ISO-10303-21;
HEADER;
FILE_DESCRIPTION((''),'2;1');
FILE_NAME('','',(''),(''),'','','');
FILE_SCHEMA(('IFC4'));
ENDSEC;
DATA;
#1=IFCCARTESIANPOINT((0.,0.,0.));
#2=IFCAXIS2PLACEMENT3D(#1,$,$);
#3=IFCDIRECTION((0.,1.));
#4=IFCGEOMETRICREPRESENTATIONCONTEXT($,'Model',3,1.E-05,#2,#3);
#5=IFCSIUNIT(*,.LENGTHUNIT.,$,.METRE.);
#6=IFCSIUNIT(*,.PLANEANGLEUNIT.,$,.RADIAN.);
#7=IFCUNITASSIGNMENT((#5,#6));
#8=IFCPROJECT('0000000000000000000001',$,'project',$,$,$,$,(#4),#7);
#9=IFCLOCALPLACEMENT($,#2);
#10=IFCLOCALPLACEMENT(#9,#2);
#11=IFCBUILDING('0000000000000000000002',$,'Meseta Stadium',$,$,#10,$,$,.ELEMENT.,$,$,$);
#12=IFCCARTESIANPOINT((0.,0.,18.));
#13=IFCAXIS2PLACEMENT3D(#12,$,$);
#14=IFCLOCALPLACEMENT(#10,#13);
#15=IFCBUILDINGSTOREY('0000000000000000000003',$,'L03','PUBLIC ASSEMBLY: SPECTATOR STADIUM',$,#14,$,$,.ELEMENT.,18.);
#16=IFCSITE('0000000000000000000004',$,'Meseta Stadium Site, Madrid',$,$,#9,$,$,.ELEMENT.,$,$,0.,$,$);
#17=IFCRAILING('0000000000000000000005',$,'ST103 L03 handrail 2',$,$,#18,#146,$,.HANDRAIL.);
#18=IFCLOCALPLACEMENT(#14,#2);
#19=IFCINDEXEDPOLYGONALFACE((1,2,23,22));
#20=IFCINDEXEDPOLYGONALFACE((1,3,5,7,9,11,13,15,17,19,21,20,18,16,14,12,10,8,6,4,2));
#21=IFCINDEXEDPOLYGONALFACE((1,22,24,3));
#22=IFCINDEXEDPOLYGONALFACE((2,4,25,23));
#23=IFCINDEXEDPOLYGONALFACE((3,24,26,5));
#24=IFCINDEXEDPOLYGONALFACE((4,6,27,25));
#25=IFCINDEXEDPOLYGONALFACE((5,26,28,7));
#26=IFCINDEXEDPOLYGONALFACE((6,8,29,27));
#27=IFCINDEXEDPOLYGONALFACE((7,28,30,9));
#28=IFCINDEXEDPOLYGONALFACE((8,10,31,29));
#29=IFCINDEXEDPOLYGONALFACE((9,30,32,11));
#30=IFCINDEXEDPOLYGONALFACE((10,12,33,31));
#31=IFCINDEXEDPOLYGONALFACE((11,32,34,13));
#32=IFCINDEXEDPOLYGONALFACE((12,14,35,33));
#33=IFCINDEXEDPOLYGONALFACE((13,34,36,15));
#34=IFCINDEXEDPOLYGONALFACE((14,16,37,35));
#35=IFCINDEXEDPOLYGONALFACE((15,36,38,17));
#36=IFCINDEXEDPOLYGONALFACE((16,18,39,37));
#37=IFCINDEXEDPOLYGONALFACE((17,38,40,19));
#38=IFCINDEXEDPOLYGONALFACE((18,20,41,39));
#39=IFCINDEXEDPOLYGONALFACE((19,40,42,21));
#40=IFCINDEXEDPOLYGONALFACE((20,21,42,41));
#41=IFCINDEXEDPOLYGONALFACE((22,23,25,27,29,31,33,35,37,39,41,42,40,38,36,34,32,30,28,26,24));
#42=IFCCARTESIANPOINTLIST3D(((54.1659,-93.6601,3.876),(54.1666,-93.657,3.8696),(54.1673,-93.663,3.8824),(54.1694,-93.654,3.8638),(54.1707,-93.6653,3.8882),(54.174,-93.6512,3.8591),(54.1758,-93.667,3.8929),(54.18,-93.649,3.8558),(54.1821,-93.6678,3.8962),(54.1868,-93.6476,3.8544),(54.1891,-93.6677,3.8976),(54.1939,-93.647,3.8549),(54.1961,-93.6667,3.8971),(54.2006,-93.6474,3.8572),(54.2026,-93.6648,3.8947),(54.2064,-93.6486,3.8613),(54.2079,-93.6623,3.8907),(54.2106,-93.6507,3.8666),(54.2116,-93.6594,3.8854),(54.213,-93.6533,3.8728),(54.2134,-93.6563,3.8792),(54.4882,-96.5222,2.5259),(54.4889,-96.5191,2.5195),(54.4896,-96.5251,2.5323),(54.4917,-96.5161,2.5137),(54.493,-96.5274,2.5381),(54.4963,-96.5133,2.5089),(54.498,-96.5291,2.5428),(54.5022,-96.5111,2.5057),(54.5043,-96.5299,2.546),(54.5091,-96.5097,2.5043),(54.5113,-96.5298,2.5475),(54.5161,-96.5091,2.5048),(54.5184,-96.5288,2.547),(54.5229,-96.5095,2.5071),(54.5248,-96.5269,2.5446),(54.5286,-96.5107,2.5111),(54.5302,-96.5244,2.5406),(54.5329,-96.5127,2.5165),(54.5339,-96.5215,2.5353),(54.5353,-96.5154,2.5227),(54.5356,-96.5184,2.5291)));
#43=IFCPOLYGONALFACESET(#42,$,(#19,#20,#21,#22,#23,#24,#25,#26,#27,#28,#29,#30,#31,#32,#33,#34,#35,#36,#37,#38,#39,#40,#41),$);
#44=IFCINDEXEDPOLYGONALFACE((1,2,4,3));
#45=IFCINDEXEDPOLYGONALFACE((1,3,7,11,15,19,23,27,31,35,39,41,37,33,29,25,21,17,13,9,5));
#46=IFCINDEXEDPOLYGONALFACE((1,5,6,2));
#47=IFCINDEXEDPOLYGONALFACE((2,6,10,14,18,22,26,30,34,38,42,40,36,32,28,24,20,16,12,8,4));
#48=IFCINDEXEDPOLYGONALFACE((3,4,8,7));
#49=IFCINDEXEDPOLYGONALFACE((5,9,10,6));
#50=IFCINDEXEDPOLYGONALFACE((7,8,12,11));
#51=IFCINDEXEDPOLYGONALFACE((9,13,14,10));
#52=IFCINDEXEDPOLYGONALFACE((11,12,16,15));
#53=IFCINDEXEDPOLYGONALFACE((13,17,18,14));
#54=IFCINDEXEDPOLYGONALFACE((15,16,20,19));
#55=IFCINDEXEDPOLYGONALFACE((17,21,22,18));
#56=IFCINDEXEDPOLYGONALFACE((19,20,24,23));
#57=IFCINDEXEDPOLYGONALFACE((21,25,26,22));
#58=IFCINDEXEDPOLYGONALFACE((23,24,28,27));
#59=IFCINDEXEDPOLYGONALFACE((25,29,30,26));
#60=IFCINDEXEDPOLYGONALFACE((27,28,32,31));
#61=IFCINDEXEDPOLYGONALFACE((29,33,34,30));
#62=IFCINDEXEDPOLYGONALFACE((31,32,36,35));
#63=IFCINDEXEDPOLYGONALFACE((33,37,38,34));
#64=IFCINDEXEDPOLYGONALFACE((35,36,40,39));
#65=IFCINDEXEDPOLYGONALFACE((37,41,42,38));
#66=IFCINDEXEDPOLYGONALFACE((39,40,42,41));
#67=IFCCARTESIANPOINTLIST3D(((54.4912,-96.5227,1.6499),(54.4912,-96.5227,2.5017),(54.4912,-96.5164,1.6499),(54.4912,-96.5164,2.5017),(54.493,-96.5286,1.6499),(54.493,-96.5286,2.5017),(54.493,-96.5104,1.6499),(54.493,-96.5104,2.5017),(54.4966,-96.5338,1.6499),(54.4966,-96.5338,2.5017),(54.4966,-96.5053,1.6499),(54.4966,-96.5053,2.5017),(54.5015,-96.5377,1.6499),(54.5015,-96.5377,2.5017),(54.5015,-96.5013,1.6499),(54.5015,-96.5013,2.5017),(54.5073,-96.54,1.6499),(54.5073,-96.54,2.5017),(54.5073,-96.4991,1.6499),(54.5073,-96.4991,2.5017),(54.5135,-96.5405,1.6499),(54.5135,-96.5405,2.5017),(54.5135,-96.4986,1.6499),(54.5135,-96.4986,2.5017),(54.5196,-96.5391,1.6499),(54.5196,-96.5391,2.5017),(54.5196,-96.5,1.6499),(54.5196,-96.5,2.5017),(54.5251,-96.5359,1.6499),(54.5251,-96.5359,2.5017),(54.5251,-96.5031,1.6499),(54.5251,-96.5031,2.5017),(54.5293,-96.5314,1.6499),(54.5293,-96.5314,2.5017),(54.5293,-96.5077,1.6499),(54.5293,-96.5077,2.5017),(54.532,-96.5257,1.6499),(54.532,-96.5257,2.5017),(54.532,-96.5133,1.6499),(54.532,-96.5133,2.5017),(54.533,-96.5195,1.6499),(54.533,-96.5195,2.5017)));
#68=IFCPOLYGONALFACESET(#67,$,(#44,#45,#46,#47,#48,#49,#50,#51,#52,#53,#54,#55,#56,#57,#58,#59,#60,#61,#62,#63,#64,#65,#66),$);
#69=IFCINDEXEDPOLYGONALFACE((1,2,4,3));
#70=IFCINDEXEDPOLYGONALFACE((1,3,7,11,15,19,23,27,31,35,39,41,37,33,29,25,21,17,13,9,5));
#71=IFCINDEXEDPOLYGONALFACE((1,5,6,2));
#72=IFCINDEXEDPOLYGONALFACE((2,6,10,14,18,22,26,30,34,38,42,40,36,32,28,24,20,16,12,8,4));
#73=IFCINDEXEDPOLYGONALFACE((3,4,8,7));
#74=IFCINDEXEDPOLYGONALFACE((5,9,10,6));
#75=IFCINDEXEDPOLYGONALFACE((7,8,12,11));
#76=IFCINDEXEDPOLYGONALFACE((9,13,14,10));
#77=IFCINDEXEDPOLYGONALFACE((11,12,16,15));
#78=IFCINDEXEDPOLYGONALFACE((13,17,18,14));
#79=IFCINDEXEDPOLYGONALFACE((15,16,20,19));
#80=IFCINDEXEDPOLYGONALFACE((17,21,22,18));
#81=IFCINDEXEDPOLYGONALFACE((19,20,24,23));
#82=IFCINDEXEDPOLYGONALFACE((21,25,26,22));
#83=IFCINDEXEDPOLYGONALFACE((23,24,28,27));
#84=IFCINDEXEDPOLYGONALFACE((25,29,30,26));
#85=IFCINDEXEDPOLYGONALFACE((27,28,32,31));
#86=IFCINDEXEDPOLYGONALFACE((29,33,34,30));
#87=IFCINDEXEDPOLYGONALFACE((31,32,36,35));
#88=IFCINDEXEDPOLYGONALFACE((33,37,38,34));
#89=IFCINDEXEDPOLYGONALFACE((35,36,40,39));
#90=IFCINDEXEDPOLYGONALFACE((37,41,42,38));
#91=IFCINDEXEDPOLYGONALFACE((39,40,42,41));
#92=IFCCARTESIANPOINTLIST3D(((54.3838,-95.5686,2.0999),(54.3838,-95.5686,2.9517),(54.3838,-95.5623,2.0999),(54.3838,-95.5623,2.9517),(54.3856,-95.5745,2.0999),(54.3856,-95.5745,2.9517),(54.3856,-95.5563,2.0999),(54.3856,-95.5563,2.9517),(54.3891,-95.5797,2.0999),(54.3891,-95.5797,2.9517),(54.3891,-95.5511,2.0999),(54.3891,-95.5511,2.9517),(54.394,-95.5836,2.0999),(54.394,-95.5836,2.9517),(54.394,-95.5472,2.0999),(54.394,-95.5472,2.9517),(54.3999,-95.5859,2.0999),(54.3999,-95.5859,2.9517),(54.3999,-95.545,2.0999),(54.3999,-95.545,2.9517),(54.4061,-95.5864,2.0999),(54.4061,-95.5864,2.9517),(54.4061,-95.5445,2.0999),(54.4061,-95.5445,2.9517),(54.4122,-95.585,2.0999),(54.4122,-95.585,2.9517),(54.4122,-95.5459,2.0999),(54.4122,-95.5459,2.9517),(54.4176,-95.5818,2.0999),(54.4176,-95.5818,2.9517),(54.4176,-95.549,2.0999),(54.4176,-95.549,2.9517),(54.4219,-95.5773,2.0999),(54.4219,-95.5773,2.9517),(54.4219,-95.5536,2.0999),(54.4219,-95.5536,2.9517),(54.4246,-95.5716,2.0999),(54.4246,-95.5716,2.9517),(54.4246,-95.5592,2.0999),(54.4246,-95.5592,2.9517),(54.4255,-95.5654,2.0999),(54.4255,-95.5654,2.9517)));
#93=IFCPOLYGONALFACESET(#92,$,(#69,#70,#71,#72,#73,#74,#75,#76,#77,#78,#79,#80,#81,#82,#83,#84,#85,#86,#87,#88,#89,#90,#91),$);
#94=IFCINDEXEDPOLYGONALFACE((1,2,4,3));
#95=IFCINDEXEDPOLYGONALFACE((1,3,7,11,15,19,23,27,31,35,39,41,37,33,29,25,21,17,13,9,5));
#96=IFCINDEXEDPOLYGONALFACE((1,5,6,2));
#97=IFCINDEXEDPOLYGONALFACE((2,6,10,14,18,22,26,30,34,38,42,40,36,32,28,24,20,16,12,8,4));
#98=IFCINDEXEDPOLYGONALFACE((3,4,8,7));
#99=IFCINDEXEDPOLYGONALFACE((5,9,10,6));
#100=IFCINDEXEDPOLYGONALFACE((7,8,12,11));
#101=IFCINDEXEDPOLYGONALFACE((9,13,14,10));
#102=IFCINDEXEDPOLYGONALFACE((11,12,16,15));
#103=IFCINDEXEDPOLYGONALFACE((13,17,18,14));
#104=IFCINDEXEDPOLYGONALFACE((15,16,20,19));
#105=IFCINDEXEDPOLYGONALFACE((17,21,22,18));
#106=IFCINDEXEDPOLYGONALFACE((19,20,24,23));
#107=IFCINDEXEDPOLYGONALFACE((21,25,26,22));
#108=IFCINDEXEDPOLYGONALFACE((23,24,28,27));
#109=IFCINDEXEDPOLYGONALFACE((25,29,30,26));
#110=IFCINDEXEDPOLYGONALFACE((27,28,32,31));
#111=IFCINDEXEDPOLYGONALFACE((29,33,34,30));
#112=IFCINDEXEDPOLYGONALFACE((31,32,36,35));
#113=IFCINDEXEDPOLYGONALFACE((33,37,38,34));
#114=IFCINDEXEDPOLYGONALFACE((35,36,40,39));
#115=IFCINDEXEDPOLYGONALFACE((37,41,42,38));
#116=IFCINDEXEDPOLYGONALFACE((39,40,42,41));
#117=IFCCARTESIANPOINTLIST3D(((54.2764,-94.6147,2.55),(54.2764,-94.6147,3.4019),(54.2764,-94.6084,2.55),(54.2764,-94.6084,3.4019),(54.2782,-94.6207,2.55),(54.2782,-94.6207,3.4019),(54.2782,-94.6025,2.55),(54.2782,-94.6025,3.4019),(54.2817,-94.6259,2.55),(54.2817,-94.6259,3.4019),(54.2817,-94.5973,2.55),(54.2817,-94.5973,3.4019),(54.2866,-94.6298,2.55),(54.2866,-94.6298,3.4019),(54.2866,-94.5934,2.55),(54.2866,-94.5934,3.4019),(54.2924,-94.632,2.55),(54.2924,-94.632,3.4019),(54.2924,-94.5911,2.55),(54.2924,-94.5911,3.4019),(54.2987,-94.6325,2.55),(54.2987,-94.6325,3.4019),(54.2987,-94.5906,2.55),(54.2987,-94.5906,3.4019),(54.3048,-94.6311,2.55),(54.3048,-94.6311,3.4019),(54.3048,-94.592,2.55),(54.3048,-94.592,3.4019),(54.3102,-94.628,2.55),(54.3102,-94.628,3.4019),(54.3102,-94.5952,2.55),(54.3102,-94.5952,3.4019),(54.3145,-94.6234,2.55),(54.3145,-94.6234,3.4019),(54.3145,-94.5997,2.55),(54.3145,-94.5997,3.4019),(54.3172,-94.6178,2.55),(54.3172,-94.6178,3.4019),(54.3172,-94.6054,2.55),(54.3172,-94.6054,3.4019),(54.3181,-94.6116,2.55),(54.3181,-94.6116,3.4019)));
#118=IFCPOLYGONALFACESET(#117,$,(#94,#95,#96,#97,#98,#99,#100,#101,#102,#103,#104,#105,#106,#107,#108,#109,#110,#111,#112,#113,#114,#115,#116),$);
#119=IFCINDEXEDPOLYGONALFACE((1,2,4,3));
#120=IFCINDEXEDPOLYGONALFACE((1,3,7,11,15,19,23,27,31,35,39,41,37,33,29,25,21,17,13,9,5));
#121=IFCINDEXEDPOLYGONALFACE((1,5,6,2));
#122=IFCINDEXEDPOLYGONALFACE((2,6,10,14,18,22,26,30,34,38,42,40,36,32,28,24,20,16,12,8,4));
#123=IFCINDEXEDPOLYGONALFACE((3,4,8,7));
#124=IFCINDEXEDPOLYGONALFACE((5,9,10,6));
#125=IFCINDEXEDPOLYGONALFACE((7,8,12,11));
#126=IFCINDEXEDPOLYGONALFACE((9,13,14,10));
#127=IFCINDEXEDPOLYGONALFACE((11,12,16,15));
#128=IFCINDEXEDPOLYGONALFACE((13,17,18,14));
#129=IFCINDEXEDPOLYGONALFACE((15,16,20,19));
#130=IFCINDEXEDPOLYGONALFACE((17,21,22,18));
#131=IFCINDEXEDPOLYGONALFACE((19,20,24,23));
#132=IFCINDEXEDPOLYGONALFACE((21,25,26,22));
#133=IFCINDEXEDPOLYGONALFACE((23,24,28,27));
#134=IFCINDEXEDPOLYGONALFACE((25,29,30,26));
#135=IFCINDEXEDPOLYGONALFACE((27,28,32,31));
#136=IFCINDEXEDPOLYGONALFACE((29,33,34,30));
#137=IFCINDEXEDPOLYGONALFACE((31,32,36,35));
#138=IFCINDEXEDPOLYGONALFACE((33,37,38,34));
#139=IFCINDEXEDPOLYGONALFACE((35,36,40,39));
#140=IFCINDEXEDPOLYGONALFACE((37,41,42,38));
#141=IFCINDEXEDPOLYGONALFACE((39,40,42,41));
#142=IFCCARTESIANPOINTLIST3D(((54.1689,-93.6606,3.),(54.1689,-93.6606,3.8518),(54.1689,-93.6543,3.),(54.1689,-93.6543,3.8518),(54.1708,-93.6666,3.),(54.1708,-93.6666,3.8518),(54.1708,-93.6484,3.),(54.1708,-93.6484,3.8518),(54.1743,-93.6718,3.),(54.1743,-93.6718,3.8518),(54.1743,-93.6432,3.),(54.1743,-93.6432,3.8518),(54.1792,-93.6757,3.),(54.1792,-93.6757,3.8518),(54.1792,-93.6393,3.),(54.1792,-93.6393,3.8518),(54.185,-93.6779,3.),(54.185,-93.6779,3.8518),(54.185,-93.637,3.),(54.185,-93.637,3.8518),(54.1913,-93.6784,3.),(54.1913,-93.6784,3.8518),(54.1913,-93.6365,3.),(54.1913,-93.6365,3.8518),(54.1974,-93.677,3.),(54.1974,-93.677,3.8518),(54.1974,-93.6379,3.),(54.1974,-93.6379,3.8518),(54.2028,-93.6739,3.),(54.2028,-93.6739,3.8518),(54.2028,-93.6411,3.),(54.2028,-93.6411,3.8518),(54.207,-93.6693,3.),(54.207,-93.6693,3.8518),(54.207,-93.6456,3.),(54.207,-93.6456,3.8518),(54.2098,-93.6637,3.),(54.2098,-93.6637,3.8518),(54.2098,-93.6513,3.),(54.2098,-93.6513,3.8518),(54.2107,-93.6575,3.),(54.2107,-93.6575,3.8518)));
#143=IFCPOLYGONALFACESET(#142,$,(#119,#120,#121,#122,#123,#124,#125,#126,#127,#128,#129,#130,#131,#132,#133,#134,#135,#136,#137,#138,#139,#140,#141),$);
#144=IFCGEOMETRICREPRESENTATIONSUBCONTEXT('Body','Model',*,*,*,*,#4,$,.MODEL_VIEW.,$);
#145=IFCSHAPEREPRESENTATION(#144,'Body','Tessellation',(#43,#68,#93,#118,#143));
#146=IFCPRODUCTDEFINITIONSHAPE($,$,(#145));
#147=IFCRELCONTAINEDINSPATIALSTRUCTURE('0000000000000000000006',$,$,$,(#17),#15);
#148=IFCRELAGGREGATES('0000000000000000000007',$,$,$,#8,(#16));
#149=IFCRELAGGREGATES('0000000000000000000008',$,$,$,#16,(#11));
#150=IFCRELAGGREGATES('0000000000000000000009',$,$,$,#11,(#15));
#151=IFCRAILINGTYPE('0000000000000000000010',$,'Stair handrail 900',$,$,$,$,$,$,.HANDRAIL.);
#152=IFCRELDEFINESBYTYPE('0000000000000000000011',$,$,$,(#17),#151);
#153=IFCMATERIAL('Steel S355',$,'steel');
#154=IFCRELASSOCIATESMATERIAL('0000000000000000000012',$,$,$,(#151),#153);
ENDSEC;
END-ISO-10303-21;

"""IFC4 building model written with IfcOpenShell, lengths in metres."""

from ifc_helpers import new_model, si_unit, direction, frame, origin, origin_2d, place, context, subcontext, project, spatial, circle, extrude, material, type_object, element, save


model = new_model("IFC4")

# Units and contexts
model_context = context("Model", 3, precision=1e-05, world=origin(), true_north=direction((0.0, 1.0)))
body_context = subcontext(model_context, "Body", "Model", "MODEL_VIEW")
ifc_project = project(units=[si_unit("LENGTHUNIT", "METRE"), si_unit("PLANEANGLEUNIT", "RADIAN")], contexts=[model_context])

# Site, building, storey
site_placement = place(None, origin())
site = spatial("IfcSite", under=ifc_project, at=site_placement, Name="Meseta Stadium Site, Madrid", CompositionType="ELEMENT", RefElevation=0.0)
building_placement = place(site_placement, origin())
building = spatial("IfcBuilding", under=site, at=building_placement, Name="Meseta Stadium", CompositionType="ELEMENT")
storey_placement = place(building_placement, frame((0.0, 0.0, 18.0)))
storey = spatial("IfcBuildingStorey", under=building, at=storey_placement, Name="L03", Description="PUBLIC ASSEMBLY: SPECTATOR STADIUM", CompositionType="ELEMENT", Elevation=18.0)

# Railing
ifc_material_1 = material(Name="Steel S355", Category="steel")
railing_type_1 = type_object("IfcRailingType", Name="Stair handrail 900", PredefinedType="HANDRAIL", material=ifc_material_1)
for number, where, name in (
    (1, (54.512, -96.5195, 1.6499), "ST103 L03 handrail 2"),
):
    element("IfcRailing", number, at=place(storey_placement, frame(where)), inside=storey, type_object=railing_type_1, Name=name, PredefinedType="HANDRAIL", context=body_context, shape_type="SweptSolid", body=[
        extrude(circle(Radius=0.0239, at=origin_2d()), frame((0.0, 0.0, 0.876), z_axis=(-0.101313, 0.89977, 0.424441), x_axis=(-0.99372, -0.111892, 0.0)), (0.0, 0.0, 1.0), 3.1809),
        extrude(circle(Radius=0.021, at=origin_2d()), origin(), (0.0, 0.0, 1.0), 0.8518),
        extrude(circle(Radius=0.021, at=origin_2d()), frame((-0.1074, 0.9541, 0.45)), (0.0, 0.0, 1.0), 0.8518),
        extrude(circle(Radius=0.021, at=origin_2d()), frame((-0.2148, 1.908, 0.9001)), (0.0, 0.0, 1.0), 0.8518),
        extrude(circle(Radius=0.021, at=origin_2d()), frame((-0.3223, 2.8621, 1.3501)), (0.0, 0.0, 1.0), 0.8518),
    ])

save(model, "model.ifc")
